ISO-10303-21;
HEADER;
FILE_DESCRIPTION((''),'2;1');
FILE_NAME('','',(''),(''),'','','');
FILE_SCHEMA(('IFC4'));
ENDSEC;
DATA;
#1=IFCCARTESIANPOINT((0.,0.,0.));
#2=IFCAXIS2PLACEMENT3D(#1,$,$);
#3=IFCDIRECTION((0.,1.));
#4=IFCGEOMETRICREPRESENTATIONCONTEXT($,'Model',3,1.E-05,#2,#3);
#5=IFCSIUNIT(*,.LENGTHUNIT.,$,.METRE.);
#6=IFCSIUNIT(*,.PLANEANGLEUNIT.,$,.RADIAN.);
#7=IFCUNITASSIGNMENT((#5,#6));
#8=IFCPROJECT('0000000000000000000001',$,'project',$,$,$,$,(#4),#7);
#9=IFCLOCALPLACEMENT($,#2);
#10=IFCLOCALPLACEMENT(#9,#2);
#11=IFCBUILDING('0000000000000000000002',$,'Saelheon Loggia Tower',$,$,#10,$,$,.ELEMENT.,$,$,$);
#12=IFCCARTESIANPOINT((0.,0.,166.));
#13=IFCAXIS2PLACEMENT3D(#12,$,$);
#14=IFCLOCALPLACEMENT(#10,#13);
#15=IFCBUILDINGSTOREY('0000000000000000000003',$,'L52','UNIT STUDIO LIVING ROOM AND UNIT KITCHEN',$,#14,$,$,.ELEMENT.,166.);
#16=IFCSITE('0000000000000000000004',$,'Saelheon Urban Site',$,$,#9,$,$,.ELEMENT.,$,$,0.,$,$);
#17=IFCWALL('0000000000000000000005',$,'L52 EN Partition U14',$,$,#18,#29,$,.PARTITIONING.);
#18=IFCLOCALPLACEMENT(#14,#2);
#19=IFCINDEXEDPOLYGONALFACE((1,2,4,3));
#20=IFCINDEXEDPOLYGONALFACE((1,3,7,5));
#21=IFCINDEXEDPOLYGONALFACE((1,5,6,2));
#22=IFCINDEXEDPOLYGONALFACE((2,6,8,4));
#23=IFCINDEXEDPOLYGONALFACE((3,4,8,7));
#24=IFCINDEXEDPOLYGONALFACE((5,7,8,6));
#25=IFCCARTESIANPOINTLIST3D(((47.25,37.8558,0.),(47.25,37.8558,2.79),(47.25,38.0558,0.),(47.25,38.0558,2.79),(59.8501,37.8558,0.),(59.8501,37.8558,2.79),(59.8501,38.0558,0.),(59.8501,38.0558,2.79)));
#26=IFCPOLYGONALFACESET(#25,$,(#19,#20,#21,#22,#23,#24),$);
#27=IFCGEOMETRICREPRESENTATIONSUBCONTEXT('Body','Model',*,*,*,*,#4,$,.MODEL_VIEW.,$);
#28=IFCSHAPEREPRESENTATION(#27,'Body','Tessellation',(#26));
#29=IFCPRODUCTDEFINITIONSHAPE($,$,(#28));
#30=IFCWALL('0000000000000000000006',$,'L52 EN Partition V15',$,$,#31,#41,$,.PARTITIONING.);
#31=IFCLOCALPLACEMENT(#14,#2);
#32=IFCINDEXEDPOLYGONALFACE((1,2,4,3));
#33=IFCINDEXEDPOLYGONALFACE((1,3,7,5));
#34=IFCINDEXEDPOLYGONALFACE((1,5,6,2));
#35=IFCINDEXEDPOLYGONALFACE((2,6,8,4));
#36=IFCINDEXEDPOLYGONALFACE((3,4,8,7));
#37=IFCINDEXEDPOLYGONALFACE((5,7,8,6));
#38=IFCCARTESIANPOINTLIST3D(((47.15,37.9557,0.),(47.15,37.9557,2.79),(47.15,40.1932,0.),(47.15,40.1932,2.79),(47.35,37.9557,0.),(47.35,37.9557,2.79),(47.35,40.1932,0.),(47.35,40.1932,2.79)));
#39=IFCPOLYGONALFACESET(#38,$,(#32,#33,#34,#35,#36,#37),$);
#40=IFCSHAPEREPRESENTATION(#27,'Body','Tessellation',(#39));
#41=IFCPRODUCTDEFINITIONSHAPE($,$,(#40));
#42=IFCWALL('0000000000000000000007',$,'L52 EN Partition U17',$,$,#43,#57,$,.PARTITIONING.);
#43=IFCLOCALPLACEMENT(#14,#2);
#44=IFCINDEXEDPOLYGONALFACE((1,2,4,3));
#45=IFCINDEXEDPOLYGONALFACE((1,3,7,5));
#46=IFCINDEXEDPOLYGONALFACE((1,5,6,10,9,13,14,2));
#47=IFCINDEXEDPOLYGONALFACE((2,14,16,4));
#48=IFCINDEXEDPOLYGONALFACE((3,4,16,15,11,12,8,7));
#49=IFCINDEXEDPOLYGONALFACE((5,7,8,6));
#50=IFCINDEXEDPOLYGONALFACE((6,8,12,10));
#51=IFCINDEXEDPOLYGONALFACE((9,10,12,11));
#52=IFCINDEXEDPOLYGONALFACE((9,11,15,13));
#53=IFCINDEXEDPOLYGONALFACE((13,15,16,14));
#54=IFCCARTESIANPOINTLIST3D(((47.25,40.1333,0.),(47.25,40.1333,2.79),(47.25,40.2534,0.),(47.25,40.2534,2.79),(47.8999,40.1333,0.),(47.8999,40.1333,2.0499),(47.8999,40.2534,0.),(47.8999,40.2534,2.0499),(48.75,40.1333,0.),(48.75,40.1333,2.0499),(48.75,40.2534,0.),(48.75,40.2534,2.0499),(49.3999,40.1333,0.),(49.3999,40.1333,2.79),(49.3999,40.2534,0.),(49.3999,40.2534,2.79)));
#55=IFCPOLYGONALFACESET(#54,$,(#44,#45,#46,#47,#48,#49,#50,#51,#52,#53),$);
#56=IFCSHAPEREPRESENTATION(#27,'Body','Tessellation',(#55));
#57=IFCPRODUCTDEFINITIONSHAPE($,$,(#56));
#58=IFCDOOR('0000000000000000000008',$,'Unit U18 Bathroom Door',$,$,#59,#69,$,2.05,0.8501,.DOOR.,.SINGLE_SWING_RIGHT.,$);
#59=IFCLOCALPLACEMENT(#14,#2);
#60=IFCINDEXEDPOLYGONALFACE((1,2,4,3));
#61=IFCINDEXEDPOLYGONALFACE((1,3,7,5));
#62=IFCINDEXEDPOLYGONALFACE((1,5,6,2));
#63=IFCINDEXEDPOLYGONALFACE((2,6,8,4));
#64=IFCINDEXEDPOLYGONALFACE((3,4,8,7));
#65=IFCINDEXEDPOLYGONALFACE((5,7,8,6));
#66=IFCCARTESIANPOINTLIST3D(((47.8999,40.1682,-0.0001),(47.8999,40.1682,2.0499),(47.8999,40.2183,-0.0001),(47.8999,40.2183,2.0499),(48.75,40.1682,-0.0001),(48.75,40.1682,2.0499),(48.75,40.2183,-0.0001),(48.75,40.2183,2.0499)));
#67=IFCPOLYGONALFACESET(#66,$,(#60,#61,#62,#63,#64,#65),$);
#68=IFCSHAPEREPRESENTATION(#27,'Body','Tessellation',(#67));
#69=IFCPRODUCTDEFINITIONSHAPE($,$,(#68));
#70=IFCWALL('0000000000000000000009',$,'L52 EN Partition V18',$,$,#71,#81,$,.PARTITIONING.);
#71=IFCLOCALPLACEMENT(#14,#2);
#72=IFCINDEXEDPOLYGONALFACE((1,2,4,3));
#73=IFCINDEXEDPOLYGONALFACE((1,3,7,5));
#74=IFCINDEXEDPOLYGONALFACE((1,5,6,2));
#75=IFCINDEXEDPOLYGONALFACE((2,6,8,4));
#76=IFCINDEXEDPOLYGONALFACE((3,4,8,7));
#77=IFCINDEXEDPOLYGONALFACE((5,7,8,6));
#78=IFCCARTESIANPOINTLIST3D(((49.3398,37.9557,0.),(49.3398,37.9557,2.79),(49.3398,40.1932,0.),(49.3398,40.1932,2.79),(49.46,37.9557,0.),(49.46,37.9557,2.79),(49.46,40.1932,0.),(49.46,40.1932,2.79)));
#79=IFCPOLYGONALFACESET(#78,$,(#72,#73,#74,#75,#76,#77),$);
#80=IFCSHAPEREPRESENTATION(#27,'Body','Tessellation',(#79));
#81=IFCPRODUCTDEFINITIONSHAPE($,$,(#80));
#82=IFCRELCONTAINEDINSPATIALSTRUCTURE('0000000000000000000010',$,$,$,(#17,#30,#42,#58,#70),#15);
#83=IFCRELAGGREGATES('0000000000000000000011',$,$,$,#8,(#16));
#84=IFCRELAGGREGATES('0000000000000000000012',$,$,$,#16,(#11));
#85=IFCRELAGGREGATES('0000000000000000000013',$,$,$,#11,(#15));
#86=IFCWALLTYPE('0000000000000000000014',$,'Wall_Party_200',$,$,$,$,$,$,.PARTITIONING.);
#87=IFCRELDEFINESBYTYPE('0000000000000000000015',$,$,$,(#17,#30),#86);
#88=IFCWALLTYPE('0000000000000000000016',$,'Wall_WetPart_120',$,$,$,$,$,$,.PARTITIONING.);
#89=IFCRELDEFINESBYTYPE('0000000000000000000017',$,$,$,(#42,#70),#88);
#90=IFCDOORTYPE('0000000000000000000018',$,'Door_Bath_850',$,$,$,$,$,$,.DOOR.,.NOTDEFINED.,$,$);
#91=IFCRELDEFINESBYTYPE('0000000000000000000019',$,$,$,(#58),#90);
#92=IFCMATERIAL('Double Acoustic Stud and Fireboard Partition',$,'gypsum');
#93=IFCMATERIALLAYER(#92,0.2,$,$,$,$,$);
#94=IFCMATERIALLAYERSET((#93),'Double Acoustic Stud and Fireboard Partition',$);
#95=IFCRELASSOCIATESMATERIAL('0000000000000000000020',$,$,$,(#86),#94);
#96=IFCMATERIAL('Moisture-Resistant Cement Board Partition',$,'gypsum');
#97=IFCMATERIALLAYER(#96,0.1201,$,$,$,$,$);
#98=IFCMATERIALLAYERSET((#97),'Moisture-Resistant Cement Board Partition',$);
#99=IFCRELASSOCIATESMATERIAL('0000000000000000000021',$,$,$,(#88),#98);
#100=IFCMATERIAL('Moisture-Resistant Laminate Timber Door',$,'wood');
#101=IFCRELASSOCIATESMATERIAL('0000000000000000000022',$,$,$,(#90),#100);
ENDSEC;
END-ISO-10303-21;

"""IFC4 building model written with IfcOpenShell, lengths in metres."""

from ifc_helpers import new_model, si_unit, direction, frame, frame_2d, origin, place, context, subcontext, project, spatial, rectangle, extrude, source, transform, mapped, material, layer, layer_set, type_object, element, fill, save


model = new_model("IFC4")

# Units and contexts
model_context = context("Model", 3, precision=1e-05, world=origin(), true_north=direction((0.0, 1.0)))
body_context = subcontext(model_context, "Body", "Model", "MODEL_VIEW")
ifc_project = project(units=[si_unit("LENGTHUNIT", "METRE"), si_unit("PLANEANGLEUNIT", "RADIAN")], contexts=[model_context])

# Site, building, storey
site_placement = place(None, origin())
site = spatial("IfcSite", under=ifc_project, at=site_placement, Name="Saelheon Urban Site", CompositionType="ELEMENT", RefElevation=0.0)
building_placement = place(site_placement, origin())
building = spatial("IfcBuilding", under=site, at=building_placement, Name="Saelheon Loggia Tower", CompositionType="ELEMENT")
storey_placement = place(building_placement, frame((0.0, 0.0, 166.0)))
storey = spatial("IfcBuildingStorey", under=building, at=storey_placement, Name="L52", Description="UNIT STUDIO LIVING ROOM AND UNIT KITCHEN", CompositionType="ELEMENT", Elevation=166.0)

# Walls
ifc_material_1 = material(Name="Double Acoustic Stud and Fireboard Partition", Category="gypsum")
ifc_layer_1 = layer(ifc_material_1, 0.2)
ifc_layer_set_1 = layer_set([ifc_layer_1], Name="Double Acoustic Stud and Fireboard Partition")
wall_type_1 = type_object("IfcWallType", Name="Wall_Party_200", PredefinedType="PARTITIONING", material=ifc_layer_set_1)
for number, where, z_axis, x_axis, name in (
    (1, (47.25, 37.9558, 0.0), (0.0, 0.0, 1.0), (1.0, 0.0, 0.0), "L52 EN Partition U14"),
):
    element("IfcWall", number, at=place(storey_placement, frame(where, z_axis=z_axis, x_axis=x_axis)), inside=storey, type_object=wall_type_1, Name=name, PredefinedType="PARTITIONING", context=body_context, shape_type="SweptSolid", body=[
        extrude(rectangle(XDim=12.6001, YDim=0.2, at=frame_2d((6.3, 0.0))), origin(), (0.0, 0.0, 1.0), 2.79),
    ])
wall_1_placement = place(storey_placement, frame((47.25, 37.9558, 0.0), z_axis=(0.0, 0.0, 1.0), x_axis=(0.0, 1.0, 0.0)))
element("IfcWall", 2, at=wall_1_placement, inside=storey, type_object=wall_type_1, Name="L52 EN Partition V15", PredefinedType="PARTITIONING", context=body_context, shape_type="SweptSolid", body=[
    extrude(rectangle(XDim=2.2375, YDim=0.2, at=frame_2d((1.1187, 0.0))), origin(), (0.0, 0.0, 1.0), 2.79),
])

# Wall, opening, door
ifc_material_2 = material(Name="Moisture-Resistant Cement Board Partition", Category="gypsum")
ifc_layer_2 = layer(ifc_material_2, 0.1201)
ifc_layer_set_2 = layer_set([ifc_layer_2], Name="Moisture-Resistant Cement Board Partition")
wall_type_2 = type_object("IfcWallType", Name="Wall_WetPart_120", PredefinedType="PARTITIONING", material=ifc_layer_set_2)
wall_2_placement = place(storey_placement, frame((47.25, 40.1934, 0.0), z_axis=(0.0, 0.0, 1.0), x_axis=(1.0, 0.0, 0.0)))
wall_2 = element("IfcWall", 3, at=wall_2_placement, inside=storey, type_object=wall_type_2, Name="L52 EN Partition U17", PredefinedType="PARTITIONING", context=body_context, shape_type="SweptSolid", body=[
    extrude(rectangle(XDim=2.1499, YDim=0.1201, at=frame_2d((1.075, 0.0))), origin(), (0.0, 0.0, 1.0), 2.79),
])
opening_1_placement = place(wall_2_placement, frame((0.6499, 0.0, 0.0)))
opening_1 = element("IfcOpeningElement", 4, at=opening_1_placement, cuts=wall_2, PredefinedType="OPENING", context=body_context, shape_type="SweptSolid", body=[
    extrude(rectangle(XDim=0.8501, YDim=2.05, at=frame_2d((0.425, 1.0249))), frame((0.0, 0.072, 0.0), z_axis=(0.0, -1.0, 0.0), x_axis=(1.0, 0.0, 0.0)), (0.0, 0.0, 1.0), 0.144),
])
ifc_material_3 = material(Name="Moisture-Resistant Laminate Timber Door", Category="wood")
door_type_1 = type_object("IfcDoorType", Name="Door_Bath_850", OperationType="NOTDEFINED", PredefinedType="DOOR", material=ifc_material_3)
shared_shape_1 = source(origin(), body_context, "Body", "SweptSolid", [
    extrude(rectangle(XDim=0.8501, YDim=2.05, at=frame_2d((0.425, 1.0249))), frame((0.0, 0.0249, 0.0), z_axis=(0.0, -1.0, 0.0), x_axis=(1.0, 0.0, 0.0)), (0.0, 0.0, 1.0), 0.05),
])
door_1_placement = place(opening_1_placement, origin())
door_1 = element("IfcDoor", 5, at=door_1_placement, inside=storey, type_object=door_type_1, Name="Unit U18 Bathroom Door", OperationType="SINGLE_SWING_RIGHT", OverallHeight=2.05, OverallWidth=0.8501, PredefinedType="DOOR", context=body_context, shape_type="MappedRepresentation", body=[
    mapped(shared_shape_1, transform((0.0, 0.0, 0.0), scale=1.0)),
])
fill(opening_1, door_1)

# Wall
wall_3_placement = place(storey_placement, frame((49.3999, 37.9558, 0.0), z_axis=(0.0, 0.0, 1.0), x_axis=(0.0, 1.0, 0.0)))
element("IfcWall", 6, at=wall_3_placement, inside=storey, type_object=wall_type_2, Name="L52 EN Partition V18", PredefinedType="PARTITIONING", context=body_context, shape_type="SweptSolid", body=[
    extrude(rectangle(XDim=2.2375, YDim=0.1201, at=frame_2d((1.1187, 0.0))), origin(), (0.0, 0.0, 1.0), 2.79),
])

save(model, "model.ifc")
